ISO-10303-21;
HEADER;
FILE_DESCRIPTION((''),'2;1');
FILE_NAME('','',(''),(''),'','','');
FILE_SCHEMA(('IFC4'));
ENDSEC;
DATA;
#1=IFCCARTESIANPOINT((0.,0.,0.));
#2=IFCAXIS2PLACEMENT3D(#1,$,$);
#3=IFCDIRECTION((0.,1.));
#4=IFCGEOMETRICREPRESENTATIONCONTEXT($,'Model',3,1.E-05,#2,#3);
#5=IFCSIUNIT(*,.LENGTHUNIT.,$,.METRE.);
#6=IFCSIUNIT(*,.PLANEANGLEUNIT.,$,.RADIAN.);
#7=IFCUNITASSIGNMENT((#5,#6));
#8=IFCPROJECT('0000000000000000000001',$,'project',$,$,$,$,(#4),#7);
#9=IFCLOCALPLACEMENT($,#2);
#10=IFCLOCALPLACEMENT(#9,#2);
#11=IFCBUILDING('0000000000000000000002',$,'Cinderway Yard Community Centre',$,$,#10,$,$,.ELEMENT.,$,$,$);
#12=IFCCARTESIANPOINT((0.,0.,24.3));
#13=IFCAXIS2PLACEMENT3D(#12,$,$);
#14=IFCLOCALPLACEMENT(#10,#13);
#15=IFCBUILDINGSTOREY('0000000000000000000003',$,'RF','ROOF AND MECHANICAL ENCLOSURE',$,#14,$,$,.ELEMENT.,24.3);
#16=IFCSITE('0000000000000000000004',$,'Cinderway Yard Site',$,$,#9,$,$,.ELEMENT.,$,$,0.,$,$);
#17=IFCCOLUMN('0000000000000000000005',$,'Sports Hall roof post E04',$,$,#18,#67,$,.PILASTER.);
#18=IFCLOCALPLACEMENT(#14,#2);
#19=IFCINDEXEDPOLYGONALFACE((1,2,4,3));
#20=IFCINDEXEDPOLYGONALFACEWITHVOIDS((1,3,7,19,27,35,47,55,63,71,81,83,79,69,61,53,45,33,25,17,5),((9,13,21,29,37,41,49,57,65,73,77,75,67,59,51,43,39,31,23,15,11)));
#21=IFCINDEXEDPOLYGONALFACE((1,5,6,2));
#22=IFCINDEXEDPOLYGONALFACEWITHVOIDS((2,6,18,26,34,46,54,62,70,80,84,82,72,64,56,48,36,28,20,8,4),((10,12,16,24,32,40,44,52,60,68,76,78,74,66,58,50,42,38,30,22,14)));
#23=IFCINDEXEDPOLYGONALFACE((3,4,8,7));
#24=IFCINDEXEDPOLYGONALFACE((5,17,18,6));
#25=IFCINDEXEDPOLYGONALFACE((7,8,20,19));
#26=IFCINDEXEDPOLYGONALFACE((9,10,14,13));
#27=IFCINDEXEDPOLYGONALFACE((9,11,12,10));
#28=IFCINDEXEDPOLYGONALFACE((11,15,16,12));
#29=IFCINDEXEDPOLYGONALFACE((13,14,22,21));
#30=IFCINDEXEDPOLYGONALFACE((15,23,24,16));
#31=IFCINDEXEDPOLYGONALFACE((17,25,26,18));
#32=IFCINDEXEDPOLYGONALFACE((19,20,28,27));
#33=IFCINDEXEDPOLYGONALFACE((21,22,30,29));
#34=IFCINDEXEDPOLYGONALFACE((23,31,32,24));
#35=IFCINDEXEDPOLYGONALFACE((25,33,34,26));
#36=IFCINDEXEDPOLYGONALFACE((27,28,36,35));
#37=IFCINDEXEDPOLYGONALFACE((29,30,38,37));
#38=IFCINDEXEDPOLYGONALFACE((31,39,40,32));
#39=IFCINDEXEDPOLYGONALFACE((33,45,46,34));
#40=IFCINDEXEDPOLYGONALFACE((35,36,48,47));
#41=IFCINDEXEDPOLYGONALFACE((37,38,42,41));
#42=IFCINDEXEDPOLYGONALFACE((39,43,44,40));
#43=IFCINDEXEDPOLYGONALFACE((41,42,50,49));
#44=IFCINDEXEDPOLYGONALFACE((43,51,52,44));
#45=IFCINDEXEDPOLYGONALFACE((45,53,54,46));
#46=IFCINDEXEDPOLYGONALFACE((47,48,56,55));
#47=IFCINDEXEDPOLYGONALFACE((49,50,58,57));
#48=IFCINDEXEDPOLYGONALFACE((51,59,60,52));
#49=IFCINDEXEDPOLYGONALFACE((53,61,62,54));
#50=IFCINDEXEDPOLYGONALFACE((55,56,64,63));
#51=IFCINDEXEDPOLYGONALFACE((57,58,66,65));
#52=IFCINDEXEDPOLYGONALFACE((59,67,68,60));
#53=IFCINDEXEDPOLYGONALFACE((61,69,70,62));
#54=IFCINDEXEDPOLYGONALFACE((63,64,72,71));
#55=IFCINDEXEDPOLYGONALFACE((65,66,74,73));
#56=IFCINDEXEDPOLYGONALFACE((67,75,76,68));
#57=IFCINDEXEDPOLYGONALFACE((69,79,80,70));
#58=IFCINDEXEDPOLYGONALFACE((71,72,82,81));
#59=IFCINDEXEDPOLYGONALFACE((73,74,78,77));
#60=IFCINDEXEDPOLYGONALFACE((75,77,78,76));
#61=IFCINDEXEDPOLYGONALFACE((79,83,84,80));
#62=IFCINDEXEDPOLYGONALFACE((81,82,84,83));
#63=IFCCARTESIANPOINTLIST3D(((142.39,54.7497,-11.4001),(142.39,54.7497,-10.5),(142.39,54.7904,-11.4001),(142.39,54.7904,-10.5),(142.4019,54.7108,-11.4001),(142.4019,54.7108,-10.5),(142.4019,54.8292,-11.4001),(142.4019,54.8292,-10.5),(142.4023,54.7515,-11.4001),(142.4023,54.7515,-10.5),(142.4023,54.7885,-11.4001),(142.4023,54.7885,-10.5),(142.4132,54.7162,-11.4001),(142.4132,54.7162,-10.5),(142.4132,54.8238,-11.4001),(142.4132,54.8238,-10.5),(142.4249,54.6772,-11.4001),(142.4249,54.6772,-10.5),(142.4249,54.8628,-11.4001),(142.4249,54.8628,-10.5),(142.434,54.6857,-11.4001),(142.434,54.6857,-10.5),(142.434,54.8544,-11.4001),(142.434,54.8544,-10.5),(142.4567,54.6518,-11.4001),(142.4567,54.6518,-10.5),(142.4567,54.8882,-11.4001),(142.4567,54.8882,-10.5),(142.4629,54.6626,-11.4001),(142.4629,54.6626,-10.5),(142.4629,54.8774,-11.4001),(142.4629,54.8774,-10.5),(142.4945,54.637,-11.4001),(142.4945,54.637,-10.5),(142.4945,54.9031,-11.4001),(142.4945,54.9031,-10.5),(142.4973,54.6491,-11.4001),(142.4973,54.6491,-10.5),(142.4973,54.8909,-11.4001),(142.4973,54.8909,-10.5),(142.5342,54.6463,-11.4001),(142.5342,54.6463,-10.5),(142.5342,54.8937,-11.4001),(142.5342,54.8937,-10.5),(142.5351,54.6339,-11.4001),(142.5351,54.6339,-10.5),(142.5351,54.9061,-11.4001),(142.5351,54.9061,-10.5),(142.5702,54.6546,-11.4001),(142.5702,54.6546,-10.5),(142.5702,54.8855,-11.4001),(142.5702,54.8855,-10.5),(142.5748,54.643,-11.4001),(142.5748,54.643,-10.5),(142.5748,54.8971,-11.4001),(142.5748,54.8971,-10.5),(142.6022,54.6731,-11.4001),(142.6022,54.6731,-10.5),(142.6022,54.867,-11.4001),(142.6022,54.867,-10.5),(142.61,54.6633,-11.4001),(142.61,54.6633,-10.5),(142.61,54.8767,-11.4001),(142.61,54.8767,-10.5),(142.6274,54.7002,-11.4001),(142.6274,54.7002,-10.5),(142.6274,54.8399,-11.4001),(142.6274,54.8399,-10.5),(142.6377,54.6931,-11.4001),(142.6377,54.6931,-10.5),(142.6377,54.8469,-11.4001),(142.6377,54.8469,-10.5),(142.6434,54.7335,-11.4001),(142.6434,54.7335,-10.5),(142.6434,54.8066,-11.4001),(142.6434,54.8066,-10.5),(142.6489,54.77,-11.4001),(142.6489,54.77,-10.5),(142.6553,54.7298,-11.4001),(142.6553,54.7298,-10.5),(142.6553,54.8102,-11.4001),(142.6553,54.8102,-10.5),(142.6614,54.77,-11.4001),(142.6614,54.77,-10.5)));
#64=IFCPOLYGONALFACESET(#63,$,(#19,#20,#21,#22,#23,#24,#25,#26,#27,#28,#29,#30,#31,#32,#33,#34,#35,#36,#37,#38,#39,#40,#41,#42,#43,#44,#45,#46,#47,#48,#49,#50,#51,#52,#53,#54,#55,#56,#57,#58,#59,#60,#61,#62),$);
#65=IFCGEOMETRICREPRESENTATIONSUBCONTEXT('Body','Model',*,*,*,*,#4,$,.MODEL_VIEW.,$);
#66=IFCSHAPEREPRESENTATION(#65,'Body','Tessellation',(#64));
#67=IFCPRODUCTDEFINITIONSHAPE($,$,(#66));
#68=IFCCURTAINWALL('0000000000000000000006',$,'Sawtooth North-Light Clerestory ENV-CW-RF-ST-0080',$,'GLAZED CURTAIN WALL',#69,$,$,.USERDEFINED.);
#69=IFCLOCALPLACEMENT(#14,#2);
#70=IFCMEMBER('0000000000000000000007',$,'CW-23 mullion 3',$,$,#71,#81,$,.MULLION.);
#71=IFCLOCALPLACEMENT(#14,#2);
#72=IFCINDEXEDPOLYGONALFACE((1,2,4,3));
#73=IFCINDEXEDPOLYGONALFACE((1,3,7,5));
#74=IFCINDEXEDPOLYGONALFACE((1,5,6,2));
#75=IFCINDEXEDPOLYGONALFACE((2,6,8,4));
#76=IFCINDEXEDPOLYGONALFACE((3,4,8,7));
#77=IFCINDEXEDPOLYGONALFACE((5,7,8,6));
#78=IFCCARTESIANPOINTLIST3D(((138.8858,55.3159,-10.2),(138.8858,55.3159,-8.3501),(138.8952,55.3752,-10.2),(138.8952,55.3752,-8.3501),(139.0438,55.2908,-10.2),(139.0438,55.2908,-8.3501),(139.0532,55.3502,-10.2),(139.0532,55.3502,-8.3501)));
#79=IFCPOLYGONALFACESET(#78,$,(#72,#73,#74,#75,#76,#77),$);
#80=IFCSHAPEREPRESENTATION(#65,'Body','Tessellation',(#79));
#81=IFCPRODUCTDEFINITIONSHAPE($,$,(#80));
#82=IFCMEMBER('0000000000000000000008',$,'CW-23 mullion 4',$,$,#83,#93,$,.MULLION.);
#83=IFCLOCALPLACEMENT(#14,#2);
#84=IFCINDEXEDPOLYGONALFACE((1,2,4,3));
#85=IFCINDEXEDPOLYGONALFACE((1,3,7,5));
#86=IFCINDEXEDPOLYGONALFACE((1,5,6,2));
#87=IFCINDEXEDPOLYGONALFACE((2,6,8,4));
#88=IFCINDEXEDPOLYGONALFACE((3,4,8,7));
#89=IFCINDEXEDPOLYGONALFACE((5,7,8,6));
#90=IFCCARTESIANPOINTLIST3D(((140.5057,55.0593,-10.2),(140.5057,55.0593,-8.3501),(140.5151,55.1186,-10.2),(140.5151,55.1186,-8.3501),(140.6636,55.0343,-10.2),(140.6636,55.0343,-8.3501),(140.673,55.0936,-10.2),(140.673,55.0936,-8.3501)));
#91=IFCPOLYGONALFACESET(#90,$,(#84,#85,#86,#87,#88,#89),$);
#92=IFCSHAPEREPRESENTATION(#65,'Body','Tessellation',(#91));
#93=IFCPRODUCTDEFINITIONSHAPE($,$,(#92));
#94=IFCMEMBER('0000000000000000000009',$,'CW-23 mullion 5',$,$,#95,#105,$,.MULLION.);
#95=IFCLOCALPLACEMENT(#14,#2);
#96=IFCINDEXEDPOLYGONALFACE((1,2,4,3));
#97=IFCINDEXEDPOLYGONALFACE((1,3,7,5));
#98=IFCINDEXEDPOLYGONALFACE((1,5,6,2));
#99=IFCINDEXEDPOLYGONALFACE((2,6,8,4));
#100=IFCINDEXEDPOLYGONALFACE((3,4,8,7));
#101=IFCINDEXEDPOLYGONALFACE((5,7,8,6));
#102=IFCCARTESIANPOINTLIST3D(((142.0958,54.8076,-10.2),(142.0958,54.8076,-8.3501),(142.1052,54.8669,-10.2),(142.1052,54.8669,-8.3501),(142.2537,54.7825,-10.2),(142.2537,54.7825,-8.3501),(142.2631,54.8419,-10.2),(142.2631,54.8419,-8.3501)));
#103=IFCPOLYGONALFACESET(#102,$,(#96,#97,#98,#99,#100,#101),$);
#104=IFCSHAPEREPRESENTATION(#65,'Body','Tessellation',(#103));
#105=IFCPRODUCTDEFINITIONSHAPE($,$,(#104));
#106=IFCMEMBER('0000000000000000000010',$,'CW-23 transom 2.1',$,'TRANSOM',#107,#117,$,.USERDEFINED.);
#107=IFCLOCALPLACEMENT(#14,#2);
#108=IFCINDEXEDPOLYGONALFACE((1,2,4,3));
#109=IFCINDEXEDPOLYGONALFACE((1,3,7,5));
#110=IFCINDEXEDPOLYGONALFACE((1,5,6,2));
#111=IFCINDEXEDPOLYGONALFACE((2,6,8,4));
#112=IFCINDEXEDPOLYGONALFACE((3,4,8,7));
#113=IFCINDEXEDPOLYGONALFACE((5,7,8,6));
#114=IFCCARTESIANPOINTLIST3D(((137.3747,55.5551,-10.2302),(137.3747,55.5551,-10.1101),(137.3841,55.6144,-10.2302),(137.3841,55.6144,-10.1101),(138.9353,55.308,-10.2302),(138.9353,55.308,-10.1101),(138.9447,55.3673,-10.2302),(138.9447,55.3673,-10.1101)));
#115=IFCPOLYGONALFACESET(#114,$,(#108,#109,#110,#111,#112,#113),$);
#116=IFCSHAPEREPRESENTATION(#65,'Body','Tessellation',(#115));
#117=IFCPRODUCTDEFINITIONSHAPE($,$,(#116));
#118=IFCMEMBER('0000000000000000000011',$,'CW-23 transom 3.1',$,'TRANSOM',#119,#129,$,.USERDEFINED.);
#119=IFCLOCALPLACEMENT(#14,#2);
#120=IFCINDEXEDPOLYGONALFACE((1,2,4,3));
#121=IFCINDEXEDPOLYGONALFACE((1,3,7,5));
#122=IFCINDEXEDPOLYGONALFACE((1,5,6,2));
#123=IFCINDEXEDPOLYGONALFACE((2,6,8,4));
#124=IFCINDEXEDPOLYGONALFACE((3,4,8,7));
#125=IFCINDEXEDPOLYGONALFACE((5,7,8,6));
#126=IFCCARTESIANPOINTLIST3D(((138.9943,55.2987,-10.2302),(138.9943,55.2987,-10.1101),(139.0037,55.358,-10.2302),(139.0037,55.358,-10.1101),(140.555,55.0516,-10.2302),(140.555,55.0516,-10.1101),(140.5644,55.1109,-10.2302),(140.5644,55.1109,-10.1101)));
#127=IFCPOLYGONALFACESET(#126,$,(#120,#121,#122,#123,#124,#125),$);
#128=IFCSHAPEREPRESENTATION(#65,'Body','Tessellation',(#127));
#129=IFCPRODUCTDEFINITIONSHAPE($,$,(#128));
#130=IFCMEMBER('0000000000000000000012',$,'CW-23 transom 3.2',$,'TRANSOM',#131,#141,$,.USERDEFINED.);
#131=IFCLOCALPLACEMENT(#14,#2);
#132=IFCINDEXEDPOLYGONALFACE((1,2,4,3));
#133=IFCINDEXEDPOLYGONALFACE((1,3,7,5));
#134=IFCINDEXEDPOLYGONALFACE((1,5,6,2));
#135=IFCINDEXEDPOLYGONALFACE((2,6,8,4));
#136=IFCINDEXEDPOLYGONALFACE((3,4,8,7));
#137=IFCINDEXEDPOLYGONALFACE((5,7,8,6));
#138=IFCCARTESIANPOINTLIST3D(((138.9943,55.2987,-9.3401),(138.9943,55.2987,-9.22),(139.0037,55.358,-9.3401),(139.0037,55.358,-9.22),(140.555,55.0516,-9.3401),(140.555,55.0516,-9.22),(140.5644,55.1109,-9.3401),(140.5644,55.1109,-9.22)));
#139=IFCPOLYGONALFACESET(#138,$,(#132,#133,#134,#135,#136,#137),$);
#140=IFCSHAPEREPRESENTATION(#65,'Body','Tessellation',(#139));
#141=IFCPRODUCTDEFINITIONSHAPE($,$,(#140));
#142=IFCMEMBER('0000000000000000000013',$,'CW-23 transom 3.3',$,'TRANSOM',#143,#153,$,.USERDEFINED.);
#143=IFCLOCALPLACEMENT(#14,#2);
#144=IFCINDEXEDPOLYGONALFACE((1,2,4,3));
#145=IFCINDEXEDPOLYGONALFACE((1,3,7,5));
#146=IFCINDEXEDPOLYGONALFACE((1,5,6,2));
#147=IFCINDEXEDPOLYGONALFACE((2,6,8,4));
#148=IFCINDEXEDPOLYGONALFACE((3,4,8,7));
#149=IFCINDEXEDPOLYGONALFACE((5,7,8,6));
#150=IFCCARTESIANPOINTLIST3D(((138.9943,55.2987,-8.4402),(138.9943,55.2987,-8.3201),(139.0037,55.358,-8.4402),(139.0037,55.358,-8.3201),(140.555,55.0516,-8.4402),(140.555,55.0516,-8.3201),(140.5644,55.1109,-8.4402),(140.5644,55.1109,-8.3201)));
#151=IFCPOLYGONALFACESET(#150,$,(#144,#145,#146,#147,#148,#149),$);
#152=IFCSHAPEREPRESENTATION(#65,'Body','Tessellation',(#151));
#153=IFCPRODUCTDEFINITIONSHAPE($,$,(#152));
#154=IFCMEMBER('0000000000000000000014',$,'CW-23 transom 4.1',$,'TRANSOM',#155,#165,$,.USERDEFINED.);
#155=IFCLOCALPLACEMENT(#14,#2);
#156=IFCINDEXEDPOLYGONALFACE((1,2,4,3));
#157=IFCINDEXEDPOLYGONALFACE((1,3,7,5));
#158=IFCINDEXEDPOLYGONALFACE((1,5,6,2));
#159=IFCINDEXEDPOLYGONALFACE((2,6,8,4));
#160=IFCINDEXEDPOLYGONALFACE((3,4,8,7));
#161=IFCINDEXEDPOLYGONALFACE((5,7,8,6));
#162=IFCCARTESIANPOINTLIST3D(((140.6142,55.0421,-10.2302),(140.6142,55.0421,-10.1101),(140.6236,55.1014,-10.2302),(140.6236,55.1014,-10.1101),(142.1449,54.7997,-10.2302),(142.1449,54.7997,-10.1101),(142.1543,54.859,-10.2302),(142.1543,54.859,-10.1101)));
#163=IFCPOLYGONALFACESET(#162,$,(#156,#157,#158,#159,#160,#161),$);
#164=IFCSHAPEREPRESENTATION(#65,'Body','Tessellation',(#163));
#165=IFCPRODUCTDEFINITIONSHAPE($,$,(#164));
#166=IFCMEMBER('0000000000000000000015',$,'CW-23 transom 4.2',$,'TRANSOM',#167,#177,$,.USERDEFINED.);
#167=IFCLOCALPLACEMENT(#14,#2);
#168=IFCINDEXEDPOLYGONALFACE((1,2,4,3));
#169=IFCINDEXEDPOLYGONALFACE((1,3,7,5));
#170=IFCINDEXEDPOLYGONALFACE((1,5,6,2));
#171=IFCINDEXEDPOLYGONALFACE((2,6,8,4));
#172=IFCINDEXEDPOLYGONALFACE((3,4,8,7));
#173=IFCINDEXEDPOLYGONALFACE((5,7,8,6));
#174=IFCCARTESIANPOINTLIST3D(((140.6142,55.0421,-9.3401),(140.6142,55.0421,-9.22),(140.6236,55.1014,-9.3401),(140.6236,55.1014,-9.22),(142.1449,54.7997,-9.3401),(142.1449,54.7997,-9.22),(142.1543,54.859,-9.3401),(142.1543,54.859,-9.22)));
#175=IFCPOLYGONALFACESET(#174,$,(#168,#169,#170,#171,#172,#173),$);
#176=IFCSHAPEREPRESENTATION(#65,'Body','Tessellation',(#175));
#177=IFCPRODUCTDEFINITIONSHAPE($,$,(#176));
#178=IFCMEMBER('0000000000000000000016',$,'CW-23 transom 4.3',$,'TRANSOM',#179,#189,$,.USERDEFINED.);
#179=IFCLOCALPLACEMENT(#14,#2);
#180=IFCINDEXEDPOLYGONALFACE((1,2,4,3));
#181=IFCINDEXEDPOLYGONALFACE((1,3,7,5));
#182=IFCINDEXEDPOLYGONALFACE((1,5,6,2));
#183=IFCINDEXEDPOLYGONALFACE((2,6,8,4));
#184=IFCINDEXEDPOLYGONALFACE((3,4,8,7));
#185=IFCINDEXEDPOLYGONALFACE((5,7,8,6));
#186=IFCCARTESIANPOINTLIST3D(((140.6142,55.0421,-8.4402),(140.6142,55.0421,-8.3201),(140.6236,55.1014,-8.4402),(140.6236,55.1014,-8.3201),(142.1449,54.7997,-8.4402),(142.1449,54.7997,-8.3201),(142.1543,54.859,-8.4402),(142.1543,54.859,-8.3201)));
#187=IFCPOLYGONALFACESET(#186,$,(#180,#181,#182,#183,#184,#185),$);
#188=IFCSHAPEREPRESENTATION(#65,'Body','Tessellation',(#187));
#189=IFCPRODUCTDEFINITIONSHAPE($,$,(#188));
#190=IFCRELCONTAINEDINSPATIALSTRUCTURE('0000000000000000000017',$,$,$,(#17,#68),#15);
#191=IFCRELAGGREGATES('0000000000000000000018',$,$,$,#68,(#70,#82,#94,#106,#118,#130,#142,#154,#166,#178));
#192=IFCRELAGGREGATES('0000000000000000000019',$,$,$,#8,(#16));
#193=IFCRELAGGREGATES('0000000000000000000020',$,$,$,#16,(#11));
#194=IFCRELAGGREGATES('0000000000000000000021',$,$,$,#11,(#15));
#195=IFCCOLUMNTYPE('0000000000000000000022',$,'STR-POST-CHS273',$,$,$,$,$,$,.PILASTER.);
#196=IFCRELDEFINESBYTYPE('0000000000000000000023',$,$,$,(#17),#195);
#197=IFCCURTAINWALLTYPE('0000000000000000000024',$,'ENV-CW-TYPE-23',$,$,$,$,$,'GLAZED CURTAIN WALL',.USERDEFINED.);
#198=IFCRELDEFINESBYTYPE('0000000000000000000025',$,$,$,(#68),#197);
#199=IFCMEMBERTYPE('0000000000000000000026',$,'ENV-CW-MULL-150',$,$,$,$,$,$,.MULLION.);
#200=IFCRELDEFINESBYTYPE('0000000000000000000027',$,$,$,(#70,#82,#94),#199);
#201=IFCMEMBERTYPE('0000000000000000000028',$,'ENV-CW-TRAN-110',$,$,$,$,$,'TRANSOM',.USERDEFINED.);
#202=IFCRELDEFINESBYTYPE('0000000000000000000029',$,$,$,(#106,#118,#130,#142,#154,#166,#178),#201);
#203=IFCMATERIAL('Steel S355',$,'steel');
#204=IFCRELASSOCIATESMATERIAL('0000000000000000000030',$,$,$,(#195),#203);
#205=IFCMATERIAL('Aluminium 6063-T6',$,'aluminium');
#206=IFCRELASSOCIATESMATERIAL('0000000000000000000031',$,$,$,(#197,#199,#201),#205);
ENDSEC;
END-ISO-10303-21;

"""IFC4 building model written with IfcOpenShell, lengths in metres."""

from ifc_helpers import new_model, si_unit, direction, frame, origin, origin_2d, place, context, subcontext, project, spatial, rectangle, hollow_circle, extrude, material, material_profile, profile_set, type_object, element, aggregate, save


model = new_model("IFC4")

# Units and contexts
model_context = context("Model", 3, precision=1e-05, world=origin(), true_north=direction((0.0, 1.0)))
body_context = subcontext(model_context, "Body", "Model", "MODEL_VIEW")
ifc_project = project(units=[si_unit("LENGTHUNIT", "METRE"), si_unit("PLANEANGLEUNIT", "RADIAN")], contexts=[model_context])

# Site, building, storey
site_placement = place(None, origin())
site = spatial("IfcSite", under=ifc_project, at=site_placement, Name="Cinderway Yard Site", CompositionType="ELEMENT", RefElevation=0.0)
building_placement = place(site_placement, origin())
building = spatial("IfcBuilding", under=site, at=building_placement, Name="Cinderway Yard Community Centre", CompositionType="ELEMENT")
storey_placement = place(building_placement, frame((0.0, 0.0, 24.3)))
storey = spatial("IfcBuildingStorey", under=building, at=storey_placement, Name="RF", Description="ROOF AND MECHANICAL ENCLOSURE", CompositionType="ELEMENT", Elevation=24.3)

# Column
ifc_material_1 = material(Name="Steel S355", Category="steel")
ifc_material_profile_1 = material_profile(ifc_material_1, hollow_circle(Radius=0.1365, WallThickness=0.0125, at=origin_2d()), Name="Steel S355")
ifc_profile_set_1 = profile_set([ifc_material_profile_1], Name="Steel S355")
column_type = type_object("IfcColumnType", Name="STR-POST-CHS273", PredefinedType="PILASTER", material=ifc_profile_set_1)
column_placement = place(storey_placement, frame((142.5249, 54.77, -11.4001), z_axis=(0.0, 0.0, 1.0), x_axis=(1.0, 0.0, 0.0)))
element("IfcColumn", 1, at=column_placement, inside=storey, type_object=column_type, Name="Sports Hall roof post E04", PredefinedType="PILASTER", context=body_context, shape_type="SweptSolid", body=[
    extrude(hollow_circle(Radius=0.1365, WallThickness=0.0125, at=origin_2d()), origin(), (0.0, 0.0, 1.0), 0.9001),
])

# Curtain wall, members
ifc_material_2 = material(Name="Aluminium 6063-T6", Category="aluminium")
curtain_wall_type = type_object("IfcCurtainWallType", Name="ENV-CW-TYPE-23", ElementType="GLAZED CURTAIN WALL", PredefinedType="USERDEFINED", material=ifc_material_2)
curtain_wall_placement = place(storey_placement, origin())
curtain_wall = element("IfcCurtainWall", 2, at=curtain_wall_placement, inside=storey, type_object=curtain_wall_type, Name="Sawtooth North-Light Clerestory ENV-CW-RF-ST-0080", ObjectType="GLAZED CURTAIN WALL", PredefinedType="USERDEFINED")
ifc_material_profile_2 = material_profile(ifc_material_2, rectangle(XDim=0.0601, YDim=0.1599, at=origin_2d()), Name="Aluminium 6063-T6")
ifc_profile_set_2 = profile_set([ifc_material_profile_2], Name="Aluminium 6063-T6")
member_type_1 = type_object("IfcMemberType", Name="ENV-CW-MULL-150", PredefinedType="MULLION", material=ifc_profile_set_2)
member_1_placement = place(storey_placement, frame((138.9695, 55.333, -10.2), z_axis=(0.0, 0.0, 1.0), x_axis=(0.156409, 0.987692, 0.0)))
member_1 = element("IfcMember", 3, at=member_1_placement, type_object=member_type_1, Name="CW-23 mullion 3", PredefinedType="MULLION", context=body_context, shape_type="SweptSolid", body=[
    extrude(rectangle(XDim=0.0601, YDim=0.1599, at=origin_2d()), origin(), (0.0, 0.0, 1.0), 1.8499),
])
member_2_placement = place(storey_placement, frame((140.5894, 55.0764, -10.2), z_axis=(0.0, 0.0, 1.0), x_axis=(0.156409, 0.987692, 0.0)))
member_2 = element("IfcMember", 4, at=member_2_placement, type_object=member_type_1, Name="CW-23 mullion 4", PredefinedType="MULLION", context=body_context, shape_type="SweptSolid", body=[
    extrude(rectangle(XDim=0.0601, YDim=0.1599, at=origin_2d()), origin(), (0.0, 0.0, 1.0), 1.8499),
])
member_3_placement = place(storey_placement, frame((142.1794, 54.8247, -10.2), z_axis=(0.0, 0.0, 1.0), x_axis=(0.156409, 0.987692, 0.0)))
member_3 = element("IfcMember", 5, at=member_3_placement, type_object=member_type_1, Name="CW-23 mullion 5", PredefinedType="MULLION", context=body_context, shape_type="SweptSolid", body=[
    extrude(rectangle(XDim=0.0601, YDim=0.1599, at=origin_2d()), origin(), (0.0, 0.0, 1.0), 1.8499),
])
ifc_material_profile_3 = material_profile(ifc_material_2, rectangle(XDim=0.0601, YDim=0.1201, at=origin_2d()), Name="Aluminium 6063-T6")
ifc_profile_set_3 = profile_set([ifc_material_profile_3], Name="Aluminium 6063-T6")
member_type_2 = type_object("IfcMemberType", Name="ENV-CW-TRAN-110", ElementType="TRANSOM", PredefinedType="USERDEFINED", material=ifc_profile_set_3)
member_4_placement = place(storey_placement, frame((137.3794, 55.5847, -10.1702), z_axis=(0.987698, -0.156375, 0.0), x_axis=(0.156375, 0.987698, 0.0)))
member_4 = element("IfcMember", 6, at=member_4_placement, type_object=member_type_2, Name="CW-23 transom 2.1", ObjectType="TRANSOM", PredefinedType="USERDEFINED", context=body_context, shape_type="SweptSolid", body=[
    extrude(rectangle(XDim=0.0601, YDim=0.1201, at=origin_2d()), origin(), (0.0, 0.0, 1.0), 1.5801),
])
member_5_placement = place(storey_placement, frame((138.999, 55.3284, -10.1702), z_axis=(0.987698, -0.156375, 0.0), x_axis=(0.156375, 0.987698, 0.0)))
member_5 = element("IfcMember", 7, at=member_5_placement, type_object=member_type_2, Name="CW-23 transom 3.1", ObjectType="TRANSOM", PredefinedType="USERDEFINED", context=body_context, shape_type="SweptSolid", body=[
    extrude(rectangle(XDim=0.0601, YDim=0.1201, at=origin_2d()), origin(), (0.0, 0.0, 1.0), 1.5801),
])
member_6_placement = place(storey_placement, frame((138.999, 55.3284, -9.28), z_axis=(0.987698, -0.156375, 0.0), x_axis=(0.156375, 0.987698, 0.0)))
member_6 = element("IfcMember", 8, at=member_6_placement, type_object=member_type_2, Name="CW-23 transom 3.2", ObjectType="TRANSOM", PredefinedType="USERDEFINED", context=body_context, shape_type="SweptSolid", body=[
    extrude(rectangle(XDim=0.0601, YDim=0.1201, at=origin_2d()), origin(), (0.0, 0.0, 1.0), 1.5801),
])
member_7_placement = place(storey_placement, frame((138.999, 55.3284, -8.3801), z_axis=(0.987698, -0.156375, 0.0), x_axis=(0.156375, 0.987698, 0.0)))
member_7 = element("IfcMember", 9, at=member_7_placement, type_object=member_type_2, Name="CW-23 transom 3.3", ObjectType="TRANSOM", PredefinedType="USERDEFINED", context=body_context, shape_type="SweptSolid", body=[
    extrude(rectangle(XDim=0.0601, YDim=0.1201, at=origin_2d()), origin(), (0.0, 0.0, 1.0), 1.5801),
])
member_8_placement = place(storey_placement, frame((140.6189, 55.0718, -10.1702), z_axis=(0.98769, -0.156424, 0.0), x_axis=(0.156424, 0.98769, 0.0)))
member_8 = element("IfcMember", 10, at=member_8_placement, type_object=member_type_2, Name="CW-23 transom 4.1", ObjectType="TRANSOM", PredefinedType="USERDEFINED", context=body_context, shape_type="SweptSolid", body=[
    extrude(rectangle(XDim=0.0601, YDim=0.1201, at=origin_2d()), origin(), (0.0, 0.0, 1.0), 1.5498),
])
member_9_placement = place(storey_placement, frame((140.6189, 55.0718, -9.28), z_axis=(0.98769, -0.156424, 0.0), x_axis=(0.156424, 0.98769, 0.0)))
member_9 = element("IfcMember", 11, at=member_9_placement, type_object=member_type_2, Name="CW-23 transom 4.2", ObjectType="TRANSOM", PredefinedType="USERDEFINED", context=body_context, shape_type="SweptSolid", body=[
    extrude(rectangle(XDim=0.0601, YDim=0.1201, at=origin_2d()), origin(), (0.0, 0.0, 1.0), 1.5498),
])
member_10_placement = place(storey_placement, frame((140.6189, 55.0718, -8.3801), z_axis=(0.98769, -0.156424, 0.0), x_axis=(0.156424, 0.98769, 0.0)))
member_10 = element("IfcMember", 12, at=member_10_placement, type_object=member_type_2, Name="CW-23 transom 4.3", ObjectType="TRANSOM", PredefinedType="USERDEFINED", context=body_context, shape_type="SweptSolid", body=[
    extrude(rectangle(XDim=0.0601, YDim=0.1201, at=origin_2d()), origin(), (0.0, 0.0, 1.0), 1.5498),
])

aggregate(curtain_wall, [member_1, member_2, member_3, member_4, member_5, member_6, member_7, member_8, member_9, member_10])

save(model, "model.ifc")
